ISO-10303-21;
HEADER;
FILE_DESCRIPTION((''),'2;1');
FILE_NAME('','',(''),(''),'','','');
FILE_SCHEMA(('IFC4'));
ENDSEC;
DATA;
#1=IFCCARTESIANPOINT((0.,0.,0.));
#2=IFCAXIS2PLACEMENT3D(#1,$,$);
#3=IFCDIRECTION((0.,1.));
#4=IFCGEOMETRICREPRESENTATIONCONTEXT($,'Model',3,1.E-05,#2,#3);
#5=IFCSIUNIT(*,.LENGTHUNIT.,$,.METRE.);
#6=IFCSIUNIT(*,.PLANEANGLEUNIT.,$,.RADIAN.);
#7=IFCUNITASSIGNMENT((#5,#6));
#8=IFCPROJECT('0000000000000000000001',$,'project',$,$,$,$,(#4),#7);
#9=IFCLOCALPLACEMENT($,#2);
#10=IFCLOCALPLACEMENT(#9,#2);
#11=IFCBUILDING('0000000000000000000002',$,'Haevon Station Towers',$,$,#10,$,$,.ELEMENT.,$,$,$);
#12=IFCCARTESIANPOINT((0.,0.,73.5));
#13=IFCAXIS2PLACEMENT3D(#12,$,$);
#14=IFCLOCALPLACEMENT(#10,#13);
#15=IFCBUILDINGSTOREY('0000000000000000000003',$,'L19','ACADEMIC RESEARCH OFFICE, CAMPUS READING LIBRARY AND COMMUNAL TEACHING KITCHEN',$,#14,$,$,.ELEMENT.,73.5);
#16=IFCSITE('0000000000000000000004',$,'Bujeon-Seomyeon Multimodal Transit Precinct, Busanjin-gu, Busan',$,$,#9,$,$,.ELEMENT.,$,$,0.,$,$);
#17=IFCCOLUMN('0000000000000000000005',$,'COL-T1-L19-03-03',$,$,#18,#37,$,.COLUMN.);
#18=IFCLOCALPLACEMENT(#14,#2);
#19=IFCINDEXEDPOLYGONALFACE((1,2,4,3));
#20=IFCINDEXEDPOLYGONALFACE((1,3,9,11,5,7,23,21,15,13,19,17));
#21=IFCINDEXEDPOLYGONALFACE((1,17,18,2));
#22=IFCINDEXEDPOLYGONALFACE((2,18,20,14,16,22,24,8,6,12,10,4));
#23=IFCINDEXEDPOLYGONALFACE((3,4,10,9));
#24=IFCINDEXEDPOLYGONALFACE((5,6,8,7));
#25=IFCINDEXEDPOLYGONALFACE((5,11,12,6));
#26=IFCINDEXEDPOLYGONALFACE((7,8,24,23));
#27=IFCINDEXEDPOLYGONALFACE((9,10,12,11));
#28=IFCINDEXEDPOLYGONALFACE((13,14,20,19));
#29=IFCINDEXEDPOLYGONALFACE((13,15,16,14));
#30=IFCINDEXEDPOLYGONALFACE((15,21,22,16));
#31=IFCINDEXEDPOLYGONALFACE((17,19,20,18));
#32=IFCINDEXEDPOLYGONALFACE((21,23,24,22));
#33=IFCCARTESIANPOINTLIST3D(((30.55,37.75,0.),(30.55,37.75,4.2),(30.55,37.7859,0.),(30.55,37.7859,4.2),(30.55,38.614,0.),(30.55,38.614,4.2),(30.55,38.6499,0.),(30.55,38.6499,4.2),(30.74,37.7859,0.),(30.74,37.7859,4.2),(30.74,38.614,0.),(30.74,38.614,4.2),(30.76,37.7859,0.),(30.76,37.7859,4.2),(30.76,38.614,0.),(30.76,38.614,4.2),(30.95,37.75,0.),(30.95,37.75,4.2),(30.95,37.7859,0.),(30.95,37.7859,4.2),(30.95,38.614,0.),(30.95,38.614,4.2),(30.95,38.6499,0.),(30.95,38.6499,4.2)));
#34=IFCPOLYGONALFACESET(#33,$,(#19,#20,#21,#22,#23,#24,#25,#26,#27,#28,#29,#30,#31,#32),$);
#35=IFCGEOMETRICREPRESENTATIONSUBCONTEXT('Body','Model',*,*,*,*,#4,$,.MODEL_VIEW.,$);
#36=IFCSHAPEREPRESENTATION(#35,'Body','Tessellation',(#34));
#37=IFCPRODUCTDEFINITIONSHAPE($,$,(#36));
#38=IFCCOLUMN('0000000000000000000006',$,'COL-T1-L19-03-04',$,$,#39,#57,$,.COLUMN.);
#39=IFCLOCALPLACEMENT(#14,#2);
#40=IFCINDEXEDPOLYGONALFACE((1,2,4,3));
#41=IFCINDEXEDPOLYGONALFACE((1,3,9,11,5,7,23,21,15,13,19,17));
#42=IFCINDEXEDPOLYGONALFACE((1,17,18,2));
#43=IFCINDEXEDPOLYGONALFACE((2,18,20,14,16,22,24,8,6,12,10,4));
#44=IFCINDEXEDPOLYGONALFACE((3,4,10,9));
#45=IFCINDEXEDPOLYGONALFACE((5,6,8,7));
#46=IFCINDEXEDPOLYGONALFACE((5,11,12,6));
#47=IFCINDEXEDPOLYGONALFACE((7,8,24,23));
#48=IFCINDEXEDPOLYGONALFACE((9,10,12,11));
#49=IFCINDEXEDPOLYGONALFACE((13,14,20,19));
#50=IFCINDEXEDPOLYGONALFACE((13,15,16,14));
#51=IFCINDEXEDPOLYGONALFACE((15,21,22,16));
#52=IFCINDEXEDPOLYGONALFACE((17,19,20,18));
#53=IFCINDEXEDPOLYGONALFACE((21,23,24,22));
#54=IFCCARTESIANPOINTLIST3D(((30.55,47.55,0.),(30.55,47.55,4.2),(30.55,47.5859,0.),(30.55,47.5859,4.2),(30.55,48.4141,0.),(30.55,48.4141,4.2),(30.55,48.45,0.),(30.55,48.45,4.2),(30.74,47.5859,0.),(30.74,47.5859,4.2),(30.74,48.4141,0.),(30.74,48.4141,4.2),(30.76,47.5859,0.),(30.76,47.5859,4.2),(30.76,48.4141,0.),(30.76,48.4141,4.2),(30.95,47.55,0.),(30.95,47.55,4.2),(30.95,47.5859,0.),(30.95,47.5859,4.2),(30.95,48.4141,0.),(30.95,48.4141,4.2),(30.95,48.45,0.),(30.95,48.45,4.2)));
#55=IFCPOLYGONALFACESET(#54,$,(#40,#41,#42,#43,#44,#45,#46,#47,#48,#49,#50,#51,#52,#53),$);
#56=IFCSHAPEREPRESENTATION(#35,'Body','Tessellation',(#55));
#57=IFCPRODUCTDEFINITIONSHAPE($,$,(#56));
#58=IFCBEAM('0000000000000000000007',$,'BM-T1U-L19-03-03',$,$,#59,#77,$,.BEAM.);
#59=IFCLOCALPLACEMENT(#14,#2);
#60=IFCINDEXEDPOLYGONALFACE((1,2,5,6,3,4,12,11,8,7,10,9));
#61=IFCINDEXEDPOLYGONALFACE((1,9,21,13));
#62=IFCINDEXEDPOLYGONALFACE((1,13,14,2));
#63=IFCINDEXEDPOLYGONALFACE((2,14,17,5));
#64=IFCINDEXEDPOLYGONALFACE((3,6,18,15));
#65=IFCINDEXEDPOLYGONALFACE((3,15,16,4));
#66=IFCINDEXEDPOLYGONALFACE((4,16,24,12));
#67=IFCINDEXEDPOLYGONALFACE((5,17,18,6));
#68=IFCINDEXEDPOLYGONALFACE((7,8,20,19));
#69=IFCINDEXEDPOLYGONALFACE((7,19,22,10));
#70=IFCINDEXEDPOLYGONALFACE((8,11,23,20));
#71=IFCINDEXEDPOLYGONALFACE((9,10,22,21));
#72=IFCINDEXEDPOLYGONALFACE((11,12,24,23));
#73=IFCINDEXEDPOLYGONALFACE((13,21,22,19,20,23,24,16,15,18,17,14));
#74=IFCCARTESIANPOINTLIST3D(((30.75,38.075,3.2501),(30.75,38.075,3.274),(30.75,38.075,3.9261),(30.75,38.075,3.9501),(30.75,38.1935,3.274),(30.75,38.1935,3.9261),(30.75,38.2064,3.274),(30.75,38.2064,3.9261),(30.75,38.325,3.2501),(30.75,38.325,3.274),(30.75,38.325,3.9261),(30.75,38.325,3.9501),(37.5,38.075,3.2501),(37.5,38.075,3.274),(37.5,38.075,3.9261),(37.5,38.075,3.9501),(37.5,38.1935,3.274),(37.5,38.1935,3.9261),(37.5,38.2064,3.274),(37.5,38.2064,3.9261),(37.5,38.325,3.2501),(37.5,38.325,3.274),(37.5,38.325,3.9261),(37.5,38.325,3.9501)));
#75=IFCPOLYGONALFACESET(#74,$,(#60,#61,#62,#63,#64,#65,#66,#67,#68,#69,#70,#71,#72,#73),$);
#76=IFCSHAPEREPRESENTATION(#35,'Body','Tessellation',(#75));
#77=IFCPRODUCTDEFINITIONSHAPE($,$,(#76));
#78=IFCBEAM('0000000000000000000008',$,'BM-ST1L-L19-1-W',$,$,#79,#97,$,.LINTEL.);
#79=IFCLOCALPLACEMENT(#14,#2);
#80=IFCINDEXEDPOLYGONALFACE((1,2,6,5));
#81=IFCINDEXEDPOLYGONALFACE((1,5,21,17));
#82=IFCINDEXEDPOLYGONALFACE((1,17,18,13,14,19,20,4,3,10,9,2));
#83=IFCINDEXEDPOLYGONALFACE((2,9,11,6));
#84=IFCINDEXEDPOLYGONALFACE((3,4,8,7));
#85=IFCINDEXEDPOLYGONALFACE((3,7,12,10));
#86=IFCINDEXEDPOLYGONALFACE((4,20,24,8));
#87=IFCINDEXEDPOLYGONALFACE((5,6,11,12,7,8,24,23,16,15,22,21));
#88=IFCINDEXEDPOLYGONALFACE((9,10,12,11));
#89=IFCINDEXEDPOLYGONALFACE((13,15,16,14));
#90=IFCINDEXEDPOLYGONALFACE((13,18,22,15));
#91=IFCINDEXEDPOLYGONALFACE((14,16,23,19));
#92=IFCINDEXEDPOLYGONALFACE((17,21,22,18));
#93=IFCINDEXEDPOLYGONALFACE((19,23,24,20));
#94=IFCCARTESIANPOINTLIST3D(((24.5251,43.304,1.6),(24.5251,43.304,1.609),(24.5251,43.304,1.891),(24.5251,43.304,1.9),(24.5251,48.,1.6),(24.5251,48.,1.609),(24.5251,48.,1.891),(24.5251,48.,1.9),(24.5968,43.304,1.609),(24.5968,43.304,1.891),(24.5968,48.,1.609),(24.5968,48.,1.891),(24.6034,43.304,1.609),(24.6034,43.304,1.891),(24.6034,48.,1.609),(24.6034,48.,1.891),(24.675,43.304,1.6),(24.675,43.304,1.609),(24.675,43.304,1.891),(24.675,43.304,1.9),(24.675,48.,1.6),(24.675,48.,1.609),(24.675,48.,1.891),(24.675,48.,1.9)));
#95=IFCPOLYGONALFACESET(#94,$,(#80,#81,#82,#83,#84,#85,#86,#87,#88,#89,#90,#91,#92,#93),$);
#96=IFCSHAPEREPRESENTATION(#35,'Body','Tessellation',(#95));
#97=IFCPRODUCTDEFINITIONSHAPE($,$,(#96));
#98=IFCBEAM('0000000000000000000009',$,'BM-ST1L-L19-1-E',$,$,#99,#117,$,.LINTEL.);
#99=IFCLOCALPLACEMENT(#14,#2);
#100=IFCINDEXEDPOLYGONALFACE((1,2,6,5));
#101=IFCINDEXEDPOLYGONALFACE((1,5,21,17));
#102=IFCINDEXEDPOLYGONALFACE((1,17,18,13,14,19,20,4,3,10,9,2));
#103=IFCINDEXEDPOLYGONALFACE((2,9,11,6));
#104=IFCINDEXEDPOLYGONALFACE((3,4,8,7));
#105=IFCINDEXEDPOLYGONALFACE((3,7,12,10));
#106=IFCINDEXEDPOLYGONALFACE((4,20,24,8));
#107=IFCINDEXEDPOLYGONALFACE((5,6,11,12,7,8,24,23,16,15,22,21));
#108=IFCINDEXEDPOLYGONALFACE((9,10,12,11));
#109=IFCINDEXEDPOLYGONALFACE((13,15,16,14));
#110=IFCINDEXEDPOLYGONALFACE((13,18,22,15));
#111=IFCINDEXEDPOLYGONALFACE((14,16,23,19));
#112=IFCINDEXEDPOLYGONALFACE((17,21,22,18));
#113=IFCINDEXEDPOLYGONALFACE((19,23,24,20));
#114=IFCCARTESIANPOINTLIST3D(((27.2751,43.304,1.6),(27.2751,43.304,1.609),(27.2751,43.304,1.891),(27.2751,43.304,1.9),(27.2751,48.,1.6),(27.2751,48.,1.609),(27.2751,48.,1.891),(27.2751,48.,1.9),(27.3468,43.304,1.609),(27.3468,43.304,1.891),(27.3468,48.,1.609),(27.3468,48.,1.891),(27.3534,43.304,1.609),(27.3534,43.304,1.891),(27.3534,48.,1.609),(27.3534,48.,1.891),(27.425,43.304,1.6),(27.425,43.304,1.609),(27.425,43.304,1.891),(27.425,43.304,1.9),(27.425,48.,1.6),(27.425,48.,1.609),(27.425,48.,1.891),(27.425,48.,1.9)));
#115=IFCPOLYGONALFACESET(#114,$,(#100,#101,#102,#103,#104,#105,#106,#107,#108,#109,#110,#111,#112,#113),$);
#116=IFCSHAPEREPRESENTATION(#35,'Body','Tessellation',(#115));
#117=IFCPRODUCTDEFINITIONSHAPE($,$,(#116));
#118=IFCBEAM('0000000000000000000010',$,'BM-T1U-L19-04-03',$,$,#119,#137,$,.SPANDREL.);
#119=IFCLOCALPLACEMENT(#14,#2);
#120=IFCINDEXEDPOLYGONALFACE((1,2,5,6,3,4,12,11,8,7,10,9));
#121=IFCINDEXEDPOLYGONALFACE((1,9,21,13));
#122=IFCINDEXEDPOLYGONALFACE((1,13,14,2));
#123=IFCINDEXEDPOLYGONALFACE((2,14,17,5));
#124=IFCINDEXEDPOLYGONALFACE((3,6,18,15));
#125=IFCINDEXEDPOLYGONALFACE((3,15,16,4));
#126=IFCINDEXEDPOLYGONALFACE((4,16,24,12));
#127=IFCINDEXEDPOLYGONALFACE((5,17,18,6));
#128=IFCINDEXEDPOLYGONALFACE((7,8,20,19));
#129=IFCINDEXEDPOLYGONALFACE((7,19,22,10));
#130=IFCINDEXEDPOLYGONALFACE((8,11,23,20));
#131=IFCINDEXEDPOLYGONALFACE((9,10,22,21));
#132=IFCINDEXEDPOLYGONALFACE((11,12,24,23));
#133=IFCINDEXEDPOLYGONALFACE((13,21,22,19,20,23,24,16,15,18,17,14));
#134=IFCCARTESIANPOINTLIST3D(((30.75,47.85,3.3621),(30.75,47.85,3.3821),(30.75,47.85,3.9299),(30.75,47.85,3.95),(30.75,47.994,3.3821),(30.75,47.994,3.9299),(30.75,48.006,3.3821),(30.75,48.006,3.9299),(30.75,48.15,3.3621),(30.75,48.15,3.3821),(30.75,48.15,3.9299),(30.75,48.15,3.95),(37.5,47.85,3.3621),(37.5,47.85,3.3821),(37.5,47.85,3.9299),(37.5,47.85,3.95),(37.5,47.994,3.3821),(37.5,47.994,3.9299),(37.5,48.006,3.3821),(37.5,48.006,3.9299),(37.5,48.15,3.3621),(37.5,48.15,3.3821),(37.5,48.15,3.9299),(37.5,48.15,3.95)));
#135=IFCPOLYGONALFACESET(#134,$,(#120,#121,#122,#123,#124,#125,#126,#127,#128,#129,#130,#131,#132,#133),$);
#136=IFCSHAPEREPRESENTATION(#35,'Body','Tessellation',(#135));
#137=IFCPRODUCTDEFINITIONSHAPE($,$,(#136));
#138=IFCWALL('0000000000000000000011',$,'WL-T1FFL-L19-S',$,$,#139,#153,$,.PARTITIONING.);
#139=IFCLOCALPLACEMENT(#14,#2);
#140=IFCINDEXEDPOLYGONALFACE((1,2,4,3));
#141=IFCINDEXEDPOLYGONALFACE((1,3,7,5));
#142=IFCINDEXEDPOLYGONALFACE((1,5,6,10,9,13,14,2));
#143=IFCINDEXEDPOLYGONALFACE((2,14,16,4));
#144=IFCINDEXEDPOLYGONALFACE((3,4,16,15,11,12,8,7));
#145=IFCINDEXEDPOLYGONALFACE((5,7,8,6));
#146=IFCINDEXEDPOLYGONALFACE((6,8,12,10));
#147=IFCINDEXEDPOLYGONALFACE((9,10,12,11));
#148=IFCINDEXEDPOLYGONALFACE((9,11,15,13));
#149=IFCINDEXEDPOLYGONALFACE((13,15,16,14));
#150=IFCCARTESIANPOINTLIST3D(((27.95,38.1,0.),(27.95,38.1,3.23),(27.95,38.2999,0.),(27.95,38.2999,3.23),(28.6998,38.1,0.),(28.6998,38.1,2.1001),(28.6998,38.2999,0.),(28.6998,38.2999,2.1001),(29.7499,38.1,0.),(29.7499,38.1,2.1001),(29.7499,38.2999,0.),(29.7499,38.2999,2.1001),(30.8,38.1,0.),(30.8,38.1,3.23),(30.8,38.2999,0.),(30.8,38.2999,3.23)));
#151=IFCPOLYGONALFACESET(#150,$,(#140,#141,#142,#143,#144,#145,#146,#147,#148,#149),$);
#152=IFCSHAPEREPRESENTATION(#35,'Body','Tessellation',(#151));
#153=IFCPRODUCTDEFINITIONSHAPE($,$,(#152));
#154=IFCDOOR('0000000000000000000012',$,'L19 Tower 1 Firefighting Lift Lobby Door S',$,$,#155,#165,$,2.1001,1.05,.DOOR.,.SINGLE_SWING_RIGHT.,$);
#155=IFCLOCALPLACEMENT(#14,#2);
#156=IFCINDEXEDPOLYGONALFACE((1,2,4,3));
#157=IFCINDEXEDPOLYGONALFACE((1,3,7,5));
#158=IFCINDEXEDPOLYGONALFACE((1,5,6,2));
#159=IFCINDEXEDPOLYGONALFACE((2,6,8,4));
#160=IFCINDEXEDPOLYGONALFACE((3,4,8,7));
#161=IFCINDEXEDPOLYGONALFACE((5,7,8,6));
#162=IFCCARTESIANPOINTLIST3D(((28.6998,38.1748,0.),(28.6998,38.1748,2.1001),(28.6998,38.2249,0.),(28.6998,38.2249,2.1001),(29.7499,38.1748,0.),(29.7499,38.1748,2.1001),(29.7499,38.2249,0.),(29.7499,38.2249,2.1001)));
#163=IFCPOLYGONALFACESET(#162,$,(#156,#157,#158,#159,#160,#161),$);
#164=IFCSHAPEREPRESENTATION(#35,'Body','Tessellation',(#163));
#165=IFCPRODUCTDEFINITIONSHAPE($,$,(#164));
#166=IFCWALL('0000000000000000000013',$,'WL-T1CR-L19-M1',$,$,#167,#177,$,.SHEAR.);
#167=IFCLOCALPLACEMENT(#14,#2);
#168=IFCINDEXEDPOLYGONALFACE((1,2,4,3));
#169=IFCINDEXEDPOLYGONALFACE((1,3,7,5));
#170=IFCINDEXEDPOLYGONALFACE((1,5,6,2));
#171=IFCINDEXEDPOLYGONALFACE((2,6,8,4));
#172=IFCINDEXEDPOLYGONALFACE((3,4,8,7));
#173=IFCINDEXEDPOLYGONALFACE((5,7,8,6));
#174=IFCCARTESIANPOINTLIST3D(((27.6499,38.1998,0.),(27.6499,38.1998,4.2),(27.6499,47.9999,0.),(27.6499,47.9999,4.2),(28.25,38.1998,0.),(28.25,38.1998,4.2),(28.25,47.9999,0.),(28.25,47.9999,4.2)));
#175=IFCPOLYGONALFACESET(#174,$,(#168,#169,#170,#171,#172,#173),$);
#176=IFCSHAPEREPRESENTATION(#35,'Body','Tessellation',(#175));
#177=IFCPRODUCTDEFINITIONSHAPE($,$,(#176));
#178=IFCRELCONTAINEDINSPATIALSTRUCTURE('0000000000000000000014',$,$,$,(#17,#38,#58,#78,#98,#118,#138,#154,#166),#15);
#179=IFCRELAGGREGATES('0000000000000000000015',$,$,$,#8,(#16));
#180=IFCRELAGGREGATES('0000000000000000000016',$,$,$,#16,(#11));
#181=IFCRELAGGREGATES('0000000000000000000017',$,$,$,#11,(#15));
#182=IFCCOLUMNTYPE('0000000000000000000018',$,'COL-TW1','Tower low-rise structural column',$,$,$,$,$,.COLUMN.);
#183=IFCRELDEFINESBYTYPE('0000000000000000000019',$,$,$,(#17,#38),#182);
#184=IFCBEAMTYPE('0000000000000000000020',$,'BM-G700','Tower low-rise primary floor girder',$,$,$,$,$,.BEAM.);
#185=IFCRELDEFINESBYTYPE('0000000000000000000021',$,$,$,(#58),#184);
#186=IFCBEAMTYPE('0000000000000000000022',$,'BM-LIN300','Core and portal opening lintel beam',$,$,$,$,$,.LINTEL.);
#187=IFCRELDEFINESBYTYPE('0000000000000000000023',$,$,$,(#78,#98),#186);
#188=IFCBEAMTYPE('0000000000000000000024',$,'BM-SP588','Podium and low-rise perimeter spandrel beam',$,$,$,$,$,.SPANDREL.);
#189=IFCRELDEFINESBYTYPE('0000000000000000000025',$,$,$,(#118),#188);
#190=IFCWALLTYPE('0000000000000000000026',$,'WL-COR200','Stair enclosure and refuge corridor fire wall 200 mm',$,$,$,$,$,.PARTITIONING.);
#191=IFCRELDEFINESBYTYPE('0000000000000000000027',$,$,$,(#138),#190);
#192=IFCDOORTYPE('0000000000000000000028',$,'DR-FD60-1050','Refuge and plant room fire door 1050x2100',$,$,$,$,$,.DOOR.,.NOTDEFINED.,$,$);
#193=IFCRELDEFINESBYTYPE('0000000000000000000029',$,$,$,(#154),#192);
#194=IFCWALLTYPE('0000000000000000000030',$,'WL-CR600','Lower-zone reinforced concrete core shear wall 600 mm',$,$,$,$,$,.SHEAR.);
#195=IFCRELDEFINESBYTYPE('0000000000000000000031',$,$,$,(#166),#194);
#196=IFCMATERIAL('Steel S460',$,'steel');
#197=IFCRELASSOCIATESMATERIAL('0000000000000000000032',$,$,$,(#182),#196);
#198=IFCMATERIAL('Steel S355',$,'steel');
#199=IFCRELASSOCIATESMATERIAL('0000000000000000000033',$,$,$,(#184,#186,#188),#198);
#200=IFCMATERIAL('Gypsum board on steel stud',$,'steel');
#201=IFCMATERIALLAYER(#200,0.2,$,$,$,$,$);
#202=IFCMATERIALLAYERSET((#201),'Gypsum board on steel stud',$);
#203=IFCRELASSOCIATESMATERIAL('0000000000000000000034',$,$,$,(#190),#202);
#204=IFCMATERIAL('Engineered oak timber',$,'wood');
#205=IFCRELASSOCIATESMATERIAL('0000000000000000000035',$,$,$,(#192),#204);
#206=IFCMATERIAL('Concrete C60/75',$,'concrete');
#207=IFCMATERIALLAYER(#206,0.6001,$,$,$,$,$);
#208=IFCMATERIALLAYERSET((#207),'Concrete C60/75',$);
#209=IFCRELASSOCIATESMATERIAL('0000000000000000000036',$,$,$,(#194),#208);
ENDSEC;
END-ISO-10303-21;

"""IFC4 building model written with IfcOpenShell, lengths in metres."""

from ifc_helpers import new_model, si_unit, direction, frame, frame_2d, origin, origin_2d, place, context, subcontext, project, spatial, rectangle, i_section, extrude, material, layer, layer_set, material_profile, profile_set, type_object, element, fill, save


model = new_model("IFC4")

# Units and contexts
model_context = context("Model", 3, precision=1e-05, world=origin(), true_north=direction((0.0, 1.0)))
body_context = subcontext(model_context, "Body", "Model", "MODEL_VIEW")
ifc_project = project(units=[si_unit("LENGTHUNIT", "METRE"), si_unit("PLANEANGLEUNIT", "RADIAN")], contexts=[model_context])

# Site, building, storey
site_placement = place(None, origin())
site = spatial("IfcSite", under=ifc_project, at=site_placement, Name="Bujeon-Seomyeon Multimodal Transit Precinct, Busanjin-gu, Busan", CompositionType="ELEMENT", RefElevation=0.0)
building_placement = place(site_placement, origin())
building = spatial("IfcBuilding", under=site, at=building_placement, Name="Haevon Station Towers", CompositionType="ELEMENT")
storey_placement = place(building_placement, frame((0.0, 0.0, 73.5)))
storey = spatial("IfcBuildingStorey", under=building, at=storey_placement, Name="L19", Description="ACADEMIC RESEARCH OFFICE, CAMPUS READING LIBRARY AND COMMUNAL TEACHING KITCHEN", CompositionType="ELEMENT", Elevation=73.5)

# Columns
ifc_material_1 = material(Name="Steel S460", Category="steel")
ifc_material_profile_1 = material_profile(ifc_material_1, i_section(OverallWidth=0.3999, OverallDepth=0.8999, WebThickness=0.02, FlangeThickness=0.0359, at=origin_2d()), Name="H-900x400x20x36")
ifc_profile_set_1 = profile_set([ifc_material_profile_1], Name="Steel S460")
column_type = type_object("IfcColumnType", Name="COL-TW1", Description="Tower low-rise structural column", PredefinedType="COLUMN", material=ifc_profile_set_1)
for number, where, z_axis, x_axis, name in (
    (1, (30.75, 38.2, 0.0), (0.0, 0.0, 1.0), (1.0, 0.0, 0.0), "COL-T1-L19-03-03"),
    (2, (30.75, 48.0, 0.0), (0.0, 0.0, 1.0), (1.0, 0.0, 0.0), "COL-T1-L19-03-04"),
):
    element("IfcColumn", number, at=place(storey_placement, frame(where, z_axis=z_axis, x_axis=x_axis)), inside=storey, type_object=column_type, Name=name, PredefinedType="COLUMN", context=body_context, shape_type="SweptSolid", body=[
        extrude(i_section(OverallWidth=0.3999, OverallDepth=0.8999, WebThickness=0.02, FlangeThickness=0.0359, at=origin_2d()), origin(), (0.0, 0.0, 1.0), 4.2),
    ])

# Beams
ifc_material_2 = material(Name="Steel S355", Category="steel")
ifc_material_profile_2 = material_profile(ifc_material_2, i_section(OverallWidth=0.25, OverallDepth=0.7, WebThickness=0.0129, FlangeThickness=0.0239, at=origin_2d()), Name="H-700x250x13x24")
ifc_profile_set_2 = profile_set([ifc_material_profile_2], Name="Steel S355")
beam_type_1 = type_object("IfcBeamType", Name="BM-G700", Description="Tower low-rise primary floor girder", PredefinedType="BEAM", material=ifc_profile_set_2)
beam_1_placement = place(storey_placement, frame((30.75, 38.2, 3.6001), z_axis=(1.0, 0.0, 0.0), x_axis=(0.0, 1.0, 0.0)))
element("IfcBeam", 3, at=beam_1_placement, inside=storey, type_object=beam_type_1, Name="BM-T1U-L19-03-03", PredefinedType="BEAM", context=body_context, shape_type="SweptSolid", body=[
    extrude(i_section(OverallWidth=0.25, OverallDepth=0.7, WebThickness=0.0129, FlangeThickness=0.0239, at=origin_2d()), origin(), (0.0, 0.0, 1.0), 6.75),
])
ifc_material_profile_3 = material_profile(ifc_material_2, i_section(OverallWidth=0.1499, OverallDepth=0.3, WebThickness=0.0066, FlangeThickness=0.009, at=origin_2d()), Name="H-300x150x6.5x9")
ifc_profile_set_3 = profile_set([ifc_material_profile_3], Name="Steel S355")
beam_type_2 = type_object("IfcBeamType", Name="BM-LIN300", Description="Core and portal opening lintel beam", PredefinedType="LINTEL", material=ifc_profile_set_3)
for number, where, z_axis, x_axis, name in (
    (4, (24.6001, 43.304, 1.75), (0.0, 1.0, 0.0), (-1.0, 0.0, 0.0), "BM-ST1L-L19-1-W"),
    (5, (27.3501, 43.304, 1.75), (0.0, 1.0, 0.0), (-1.0, 0.0, 0.0), "BM-ST1L-L19-1-E"),
):
    element("IfcBeam", number, at=place(storey_placement, frame(where, z_axis=z_axis, x_axis=x_axis)), inside=storey, type_object=beam_type_2, Name=name, PredefinedType="LINTEL", context=body_context, shape_type="SweptSolid", body=[
        extrude(i_section(OverallWidth=0.1499, OverallDepth=0.3, WebThickness=0.0066, FlangeThickness=0.009, at=origin_2d()), origin(), (0.0, 0.0, 1.0), 4.696),
    ])
ifc_material_profile_4 = material_profile(ifc_material_2, i_section(OverallWidth=0.3, OverallDepth=0.5879, WebThickness=0.012, FlangeThickness=0.02, at=origin_2d()), Name="H-588x300x12x20")
ifc_profile_set_4 = profile_set([ifc_material_profile_4], Name="Steel S355")
beam_type_3 = type_object("IfcBeamType", Name="BM-SP588", Description="Podium and low-rise perimeter spandrel beam", PredefinedType="SPANDREL", material=ifc_profile_set_4)
beam_2_placement = place(storey_placement, frame((30.75, 48.0, 3.656), z_axis=(1.0, 0.0, 0.0), x_axis=(0.0, 1.0, 0.0)))
element("IfcBeam", 6, at=beam_2_placement, inside=storey, type_object=beam_type_3, Name="BM-T1U-L19-04-03", PredefinedType="SPANDREL", context=body_context, shape_type="SweptSolid", body=[
    extrude(i_section(OverallWidth=0.3, OverallDepth=0.5879, WebThickness=0.012, FlangeThickness=0.02, at=origin_2d()), origin(), (0.0, 0.0, 1.0), 6.75),
])

# Wall, opening, door
ifc_material_3 = material(Name="Gypsum board on steel stud", Category="steel")
ifc_layer_1 = layer(ifc_material_3, 0.2)
ifc_layer_set_1 = layer_set([ifc_layer_1], Name="Gypsum board on steel stud")
wall_type_1 = type_object("IfcWallType", Name="WL-COR200", Description="Stair enclosure and refuge corridor fire wall 200 mm", PredefinedType="PARTITIONING", material=ifc_layer_set_1)
wall_1_placement = place(storey_placement, frame((27.95, 38.2, 0.0), z_axis=(0.0, 0.0, 1.0), x_axis=(1.0, 0.0, 0.0)))
wall_1 = element("IfcWall", 7, at=wall_1_placement, inside=storey, type_object=wall_type_1, Name="WL-T1FFL-L19-S", PredefinedType="PARTITIONING", context=body_context, shape_type="SweptSolid", body=[
    extrude(rectangle(XDim=2.8501, YDim=0.2, at=frame_2d((1.425, 0.0))), origin(), (0.0, 0.0, 1.0), 3.23),
])
opening_1_placement = place(wall_1_placement, frame((0.75, 0.0, 0.0)))
opening_1 = element("IfcOpeningElement", 8, at=opening_1_placement, cuts=wall_1, PredefinedType="OPENING", context=body_context, shape_type="SweptSolid", body=[
    extrude(rectangle(XDim=1.05, YDim=2.1001, at=frame_2d((0.5249, 1.05))), frame((0.0, 0.1099, 0.0), z_axis=(0.0, -1.0, 0.0), x_axis=(1.0, 0.0, 0.0)), (0.0, 0.0, 1.0), 0.22),
])
ifc_material_4 = material(Name="Engineered oak timber", Category="wood")
door_type_1 = type_object("IfcDoorType", Name="DR-FD60-1050", Description="Refuge and plant room fire door 1050x2100", OperationType="NOTDEFINED", PredefinedType="DOOR", material=ifc_material_4)
door_1_placement = place(opening_1_placement, origin())
door_1 = element("IfcDoor", 9, at=door_1_placement, inside=storey, type_object=door_type_1, Name="L19 Tower 1 Firefighting Lift Lobby Door S", OperationType="SINGLE_SWING_RIGHT", OverallHeight=2.1001, OverallWidth=1.05, PredefinedType="DOOR", context=body_context, shape_type="SweptSolid", body=[
    extrude(rectangle(XDim=1.05, YDim=2.1001, at=frame_2d((0.5249, 1.05))), frame((0.0, 0.0249, 0.0), z_axis=(0.0, -1.0, 0.0), x_axis=(1.0, 0.0, 0.0)), (0.0, 0.0, 1.0), 0.05),
])
fill(opening_1, door_1)

# Wall
ifc_material_5 = material(Name="Concrete C60/75", Category="concrete")
ifc_layer_2 = layer(ifc_material_5, 0.6001)
ifc_layer_set_2 = layer_set([ifc_layer_2], Name="Concrete C60/75")
wall_type_2 = type_object("IfcWallType", Name="WL-CR600", Description="Lower-zone reinforced concrete core shear wall 600 mm", PredefinedType="SHEAR", material=ifc_layer_set_2)
wall_2_placement = place(storey_placement, frame((27.95, 38.2, 0.0), z_axis=(0.0, 0.0, 1.0), x_axis=(0.0, 1.0, 0.0)))
element("IfcWall", 10, at=wall_2_placement, inside=storey, type_object=wall_type_2, Name="WL-T1CR-L19-M1", PredefinedType="SHEAR", context=body_context, shape_type="SweptSolid", body=[
    extrude(rectangle(XDim=9.8, YDim=0.6001, at=frame_2d((4.8999, 0.0))), origin(), (0.0, 0.0, 1.0), 4.2),
])

save(model, "model.ifc")
